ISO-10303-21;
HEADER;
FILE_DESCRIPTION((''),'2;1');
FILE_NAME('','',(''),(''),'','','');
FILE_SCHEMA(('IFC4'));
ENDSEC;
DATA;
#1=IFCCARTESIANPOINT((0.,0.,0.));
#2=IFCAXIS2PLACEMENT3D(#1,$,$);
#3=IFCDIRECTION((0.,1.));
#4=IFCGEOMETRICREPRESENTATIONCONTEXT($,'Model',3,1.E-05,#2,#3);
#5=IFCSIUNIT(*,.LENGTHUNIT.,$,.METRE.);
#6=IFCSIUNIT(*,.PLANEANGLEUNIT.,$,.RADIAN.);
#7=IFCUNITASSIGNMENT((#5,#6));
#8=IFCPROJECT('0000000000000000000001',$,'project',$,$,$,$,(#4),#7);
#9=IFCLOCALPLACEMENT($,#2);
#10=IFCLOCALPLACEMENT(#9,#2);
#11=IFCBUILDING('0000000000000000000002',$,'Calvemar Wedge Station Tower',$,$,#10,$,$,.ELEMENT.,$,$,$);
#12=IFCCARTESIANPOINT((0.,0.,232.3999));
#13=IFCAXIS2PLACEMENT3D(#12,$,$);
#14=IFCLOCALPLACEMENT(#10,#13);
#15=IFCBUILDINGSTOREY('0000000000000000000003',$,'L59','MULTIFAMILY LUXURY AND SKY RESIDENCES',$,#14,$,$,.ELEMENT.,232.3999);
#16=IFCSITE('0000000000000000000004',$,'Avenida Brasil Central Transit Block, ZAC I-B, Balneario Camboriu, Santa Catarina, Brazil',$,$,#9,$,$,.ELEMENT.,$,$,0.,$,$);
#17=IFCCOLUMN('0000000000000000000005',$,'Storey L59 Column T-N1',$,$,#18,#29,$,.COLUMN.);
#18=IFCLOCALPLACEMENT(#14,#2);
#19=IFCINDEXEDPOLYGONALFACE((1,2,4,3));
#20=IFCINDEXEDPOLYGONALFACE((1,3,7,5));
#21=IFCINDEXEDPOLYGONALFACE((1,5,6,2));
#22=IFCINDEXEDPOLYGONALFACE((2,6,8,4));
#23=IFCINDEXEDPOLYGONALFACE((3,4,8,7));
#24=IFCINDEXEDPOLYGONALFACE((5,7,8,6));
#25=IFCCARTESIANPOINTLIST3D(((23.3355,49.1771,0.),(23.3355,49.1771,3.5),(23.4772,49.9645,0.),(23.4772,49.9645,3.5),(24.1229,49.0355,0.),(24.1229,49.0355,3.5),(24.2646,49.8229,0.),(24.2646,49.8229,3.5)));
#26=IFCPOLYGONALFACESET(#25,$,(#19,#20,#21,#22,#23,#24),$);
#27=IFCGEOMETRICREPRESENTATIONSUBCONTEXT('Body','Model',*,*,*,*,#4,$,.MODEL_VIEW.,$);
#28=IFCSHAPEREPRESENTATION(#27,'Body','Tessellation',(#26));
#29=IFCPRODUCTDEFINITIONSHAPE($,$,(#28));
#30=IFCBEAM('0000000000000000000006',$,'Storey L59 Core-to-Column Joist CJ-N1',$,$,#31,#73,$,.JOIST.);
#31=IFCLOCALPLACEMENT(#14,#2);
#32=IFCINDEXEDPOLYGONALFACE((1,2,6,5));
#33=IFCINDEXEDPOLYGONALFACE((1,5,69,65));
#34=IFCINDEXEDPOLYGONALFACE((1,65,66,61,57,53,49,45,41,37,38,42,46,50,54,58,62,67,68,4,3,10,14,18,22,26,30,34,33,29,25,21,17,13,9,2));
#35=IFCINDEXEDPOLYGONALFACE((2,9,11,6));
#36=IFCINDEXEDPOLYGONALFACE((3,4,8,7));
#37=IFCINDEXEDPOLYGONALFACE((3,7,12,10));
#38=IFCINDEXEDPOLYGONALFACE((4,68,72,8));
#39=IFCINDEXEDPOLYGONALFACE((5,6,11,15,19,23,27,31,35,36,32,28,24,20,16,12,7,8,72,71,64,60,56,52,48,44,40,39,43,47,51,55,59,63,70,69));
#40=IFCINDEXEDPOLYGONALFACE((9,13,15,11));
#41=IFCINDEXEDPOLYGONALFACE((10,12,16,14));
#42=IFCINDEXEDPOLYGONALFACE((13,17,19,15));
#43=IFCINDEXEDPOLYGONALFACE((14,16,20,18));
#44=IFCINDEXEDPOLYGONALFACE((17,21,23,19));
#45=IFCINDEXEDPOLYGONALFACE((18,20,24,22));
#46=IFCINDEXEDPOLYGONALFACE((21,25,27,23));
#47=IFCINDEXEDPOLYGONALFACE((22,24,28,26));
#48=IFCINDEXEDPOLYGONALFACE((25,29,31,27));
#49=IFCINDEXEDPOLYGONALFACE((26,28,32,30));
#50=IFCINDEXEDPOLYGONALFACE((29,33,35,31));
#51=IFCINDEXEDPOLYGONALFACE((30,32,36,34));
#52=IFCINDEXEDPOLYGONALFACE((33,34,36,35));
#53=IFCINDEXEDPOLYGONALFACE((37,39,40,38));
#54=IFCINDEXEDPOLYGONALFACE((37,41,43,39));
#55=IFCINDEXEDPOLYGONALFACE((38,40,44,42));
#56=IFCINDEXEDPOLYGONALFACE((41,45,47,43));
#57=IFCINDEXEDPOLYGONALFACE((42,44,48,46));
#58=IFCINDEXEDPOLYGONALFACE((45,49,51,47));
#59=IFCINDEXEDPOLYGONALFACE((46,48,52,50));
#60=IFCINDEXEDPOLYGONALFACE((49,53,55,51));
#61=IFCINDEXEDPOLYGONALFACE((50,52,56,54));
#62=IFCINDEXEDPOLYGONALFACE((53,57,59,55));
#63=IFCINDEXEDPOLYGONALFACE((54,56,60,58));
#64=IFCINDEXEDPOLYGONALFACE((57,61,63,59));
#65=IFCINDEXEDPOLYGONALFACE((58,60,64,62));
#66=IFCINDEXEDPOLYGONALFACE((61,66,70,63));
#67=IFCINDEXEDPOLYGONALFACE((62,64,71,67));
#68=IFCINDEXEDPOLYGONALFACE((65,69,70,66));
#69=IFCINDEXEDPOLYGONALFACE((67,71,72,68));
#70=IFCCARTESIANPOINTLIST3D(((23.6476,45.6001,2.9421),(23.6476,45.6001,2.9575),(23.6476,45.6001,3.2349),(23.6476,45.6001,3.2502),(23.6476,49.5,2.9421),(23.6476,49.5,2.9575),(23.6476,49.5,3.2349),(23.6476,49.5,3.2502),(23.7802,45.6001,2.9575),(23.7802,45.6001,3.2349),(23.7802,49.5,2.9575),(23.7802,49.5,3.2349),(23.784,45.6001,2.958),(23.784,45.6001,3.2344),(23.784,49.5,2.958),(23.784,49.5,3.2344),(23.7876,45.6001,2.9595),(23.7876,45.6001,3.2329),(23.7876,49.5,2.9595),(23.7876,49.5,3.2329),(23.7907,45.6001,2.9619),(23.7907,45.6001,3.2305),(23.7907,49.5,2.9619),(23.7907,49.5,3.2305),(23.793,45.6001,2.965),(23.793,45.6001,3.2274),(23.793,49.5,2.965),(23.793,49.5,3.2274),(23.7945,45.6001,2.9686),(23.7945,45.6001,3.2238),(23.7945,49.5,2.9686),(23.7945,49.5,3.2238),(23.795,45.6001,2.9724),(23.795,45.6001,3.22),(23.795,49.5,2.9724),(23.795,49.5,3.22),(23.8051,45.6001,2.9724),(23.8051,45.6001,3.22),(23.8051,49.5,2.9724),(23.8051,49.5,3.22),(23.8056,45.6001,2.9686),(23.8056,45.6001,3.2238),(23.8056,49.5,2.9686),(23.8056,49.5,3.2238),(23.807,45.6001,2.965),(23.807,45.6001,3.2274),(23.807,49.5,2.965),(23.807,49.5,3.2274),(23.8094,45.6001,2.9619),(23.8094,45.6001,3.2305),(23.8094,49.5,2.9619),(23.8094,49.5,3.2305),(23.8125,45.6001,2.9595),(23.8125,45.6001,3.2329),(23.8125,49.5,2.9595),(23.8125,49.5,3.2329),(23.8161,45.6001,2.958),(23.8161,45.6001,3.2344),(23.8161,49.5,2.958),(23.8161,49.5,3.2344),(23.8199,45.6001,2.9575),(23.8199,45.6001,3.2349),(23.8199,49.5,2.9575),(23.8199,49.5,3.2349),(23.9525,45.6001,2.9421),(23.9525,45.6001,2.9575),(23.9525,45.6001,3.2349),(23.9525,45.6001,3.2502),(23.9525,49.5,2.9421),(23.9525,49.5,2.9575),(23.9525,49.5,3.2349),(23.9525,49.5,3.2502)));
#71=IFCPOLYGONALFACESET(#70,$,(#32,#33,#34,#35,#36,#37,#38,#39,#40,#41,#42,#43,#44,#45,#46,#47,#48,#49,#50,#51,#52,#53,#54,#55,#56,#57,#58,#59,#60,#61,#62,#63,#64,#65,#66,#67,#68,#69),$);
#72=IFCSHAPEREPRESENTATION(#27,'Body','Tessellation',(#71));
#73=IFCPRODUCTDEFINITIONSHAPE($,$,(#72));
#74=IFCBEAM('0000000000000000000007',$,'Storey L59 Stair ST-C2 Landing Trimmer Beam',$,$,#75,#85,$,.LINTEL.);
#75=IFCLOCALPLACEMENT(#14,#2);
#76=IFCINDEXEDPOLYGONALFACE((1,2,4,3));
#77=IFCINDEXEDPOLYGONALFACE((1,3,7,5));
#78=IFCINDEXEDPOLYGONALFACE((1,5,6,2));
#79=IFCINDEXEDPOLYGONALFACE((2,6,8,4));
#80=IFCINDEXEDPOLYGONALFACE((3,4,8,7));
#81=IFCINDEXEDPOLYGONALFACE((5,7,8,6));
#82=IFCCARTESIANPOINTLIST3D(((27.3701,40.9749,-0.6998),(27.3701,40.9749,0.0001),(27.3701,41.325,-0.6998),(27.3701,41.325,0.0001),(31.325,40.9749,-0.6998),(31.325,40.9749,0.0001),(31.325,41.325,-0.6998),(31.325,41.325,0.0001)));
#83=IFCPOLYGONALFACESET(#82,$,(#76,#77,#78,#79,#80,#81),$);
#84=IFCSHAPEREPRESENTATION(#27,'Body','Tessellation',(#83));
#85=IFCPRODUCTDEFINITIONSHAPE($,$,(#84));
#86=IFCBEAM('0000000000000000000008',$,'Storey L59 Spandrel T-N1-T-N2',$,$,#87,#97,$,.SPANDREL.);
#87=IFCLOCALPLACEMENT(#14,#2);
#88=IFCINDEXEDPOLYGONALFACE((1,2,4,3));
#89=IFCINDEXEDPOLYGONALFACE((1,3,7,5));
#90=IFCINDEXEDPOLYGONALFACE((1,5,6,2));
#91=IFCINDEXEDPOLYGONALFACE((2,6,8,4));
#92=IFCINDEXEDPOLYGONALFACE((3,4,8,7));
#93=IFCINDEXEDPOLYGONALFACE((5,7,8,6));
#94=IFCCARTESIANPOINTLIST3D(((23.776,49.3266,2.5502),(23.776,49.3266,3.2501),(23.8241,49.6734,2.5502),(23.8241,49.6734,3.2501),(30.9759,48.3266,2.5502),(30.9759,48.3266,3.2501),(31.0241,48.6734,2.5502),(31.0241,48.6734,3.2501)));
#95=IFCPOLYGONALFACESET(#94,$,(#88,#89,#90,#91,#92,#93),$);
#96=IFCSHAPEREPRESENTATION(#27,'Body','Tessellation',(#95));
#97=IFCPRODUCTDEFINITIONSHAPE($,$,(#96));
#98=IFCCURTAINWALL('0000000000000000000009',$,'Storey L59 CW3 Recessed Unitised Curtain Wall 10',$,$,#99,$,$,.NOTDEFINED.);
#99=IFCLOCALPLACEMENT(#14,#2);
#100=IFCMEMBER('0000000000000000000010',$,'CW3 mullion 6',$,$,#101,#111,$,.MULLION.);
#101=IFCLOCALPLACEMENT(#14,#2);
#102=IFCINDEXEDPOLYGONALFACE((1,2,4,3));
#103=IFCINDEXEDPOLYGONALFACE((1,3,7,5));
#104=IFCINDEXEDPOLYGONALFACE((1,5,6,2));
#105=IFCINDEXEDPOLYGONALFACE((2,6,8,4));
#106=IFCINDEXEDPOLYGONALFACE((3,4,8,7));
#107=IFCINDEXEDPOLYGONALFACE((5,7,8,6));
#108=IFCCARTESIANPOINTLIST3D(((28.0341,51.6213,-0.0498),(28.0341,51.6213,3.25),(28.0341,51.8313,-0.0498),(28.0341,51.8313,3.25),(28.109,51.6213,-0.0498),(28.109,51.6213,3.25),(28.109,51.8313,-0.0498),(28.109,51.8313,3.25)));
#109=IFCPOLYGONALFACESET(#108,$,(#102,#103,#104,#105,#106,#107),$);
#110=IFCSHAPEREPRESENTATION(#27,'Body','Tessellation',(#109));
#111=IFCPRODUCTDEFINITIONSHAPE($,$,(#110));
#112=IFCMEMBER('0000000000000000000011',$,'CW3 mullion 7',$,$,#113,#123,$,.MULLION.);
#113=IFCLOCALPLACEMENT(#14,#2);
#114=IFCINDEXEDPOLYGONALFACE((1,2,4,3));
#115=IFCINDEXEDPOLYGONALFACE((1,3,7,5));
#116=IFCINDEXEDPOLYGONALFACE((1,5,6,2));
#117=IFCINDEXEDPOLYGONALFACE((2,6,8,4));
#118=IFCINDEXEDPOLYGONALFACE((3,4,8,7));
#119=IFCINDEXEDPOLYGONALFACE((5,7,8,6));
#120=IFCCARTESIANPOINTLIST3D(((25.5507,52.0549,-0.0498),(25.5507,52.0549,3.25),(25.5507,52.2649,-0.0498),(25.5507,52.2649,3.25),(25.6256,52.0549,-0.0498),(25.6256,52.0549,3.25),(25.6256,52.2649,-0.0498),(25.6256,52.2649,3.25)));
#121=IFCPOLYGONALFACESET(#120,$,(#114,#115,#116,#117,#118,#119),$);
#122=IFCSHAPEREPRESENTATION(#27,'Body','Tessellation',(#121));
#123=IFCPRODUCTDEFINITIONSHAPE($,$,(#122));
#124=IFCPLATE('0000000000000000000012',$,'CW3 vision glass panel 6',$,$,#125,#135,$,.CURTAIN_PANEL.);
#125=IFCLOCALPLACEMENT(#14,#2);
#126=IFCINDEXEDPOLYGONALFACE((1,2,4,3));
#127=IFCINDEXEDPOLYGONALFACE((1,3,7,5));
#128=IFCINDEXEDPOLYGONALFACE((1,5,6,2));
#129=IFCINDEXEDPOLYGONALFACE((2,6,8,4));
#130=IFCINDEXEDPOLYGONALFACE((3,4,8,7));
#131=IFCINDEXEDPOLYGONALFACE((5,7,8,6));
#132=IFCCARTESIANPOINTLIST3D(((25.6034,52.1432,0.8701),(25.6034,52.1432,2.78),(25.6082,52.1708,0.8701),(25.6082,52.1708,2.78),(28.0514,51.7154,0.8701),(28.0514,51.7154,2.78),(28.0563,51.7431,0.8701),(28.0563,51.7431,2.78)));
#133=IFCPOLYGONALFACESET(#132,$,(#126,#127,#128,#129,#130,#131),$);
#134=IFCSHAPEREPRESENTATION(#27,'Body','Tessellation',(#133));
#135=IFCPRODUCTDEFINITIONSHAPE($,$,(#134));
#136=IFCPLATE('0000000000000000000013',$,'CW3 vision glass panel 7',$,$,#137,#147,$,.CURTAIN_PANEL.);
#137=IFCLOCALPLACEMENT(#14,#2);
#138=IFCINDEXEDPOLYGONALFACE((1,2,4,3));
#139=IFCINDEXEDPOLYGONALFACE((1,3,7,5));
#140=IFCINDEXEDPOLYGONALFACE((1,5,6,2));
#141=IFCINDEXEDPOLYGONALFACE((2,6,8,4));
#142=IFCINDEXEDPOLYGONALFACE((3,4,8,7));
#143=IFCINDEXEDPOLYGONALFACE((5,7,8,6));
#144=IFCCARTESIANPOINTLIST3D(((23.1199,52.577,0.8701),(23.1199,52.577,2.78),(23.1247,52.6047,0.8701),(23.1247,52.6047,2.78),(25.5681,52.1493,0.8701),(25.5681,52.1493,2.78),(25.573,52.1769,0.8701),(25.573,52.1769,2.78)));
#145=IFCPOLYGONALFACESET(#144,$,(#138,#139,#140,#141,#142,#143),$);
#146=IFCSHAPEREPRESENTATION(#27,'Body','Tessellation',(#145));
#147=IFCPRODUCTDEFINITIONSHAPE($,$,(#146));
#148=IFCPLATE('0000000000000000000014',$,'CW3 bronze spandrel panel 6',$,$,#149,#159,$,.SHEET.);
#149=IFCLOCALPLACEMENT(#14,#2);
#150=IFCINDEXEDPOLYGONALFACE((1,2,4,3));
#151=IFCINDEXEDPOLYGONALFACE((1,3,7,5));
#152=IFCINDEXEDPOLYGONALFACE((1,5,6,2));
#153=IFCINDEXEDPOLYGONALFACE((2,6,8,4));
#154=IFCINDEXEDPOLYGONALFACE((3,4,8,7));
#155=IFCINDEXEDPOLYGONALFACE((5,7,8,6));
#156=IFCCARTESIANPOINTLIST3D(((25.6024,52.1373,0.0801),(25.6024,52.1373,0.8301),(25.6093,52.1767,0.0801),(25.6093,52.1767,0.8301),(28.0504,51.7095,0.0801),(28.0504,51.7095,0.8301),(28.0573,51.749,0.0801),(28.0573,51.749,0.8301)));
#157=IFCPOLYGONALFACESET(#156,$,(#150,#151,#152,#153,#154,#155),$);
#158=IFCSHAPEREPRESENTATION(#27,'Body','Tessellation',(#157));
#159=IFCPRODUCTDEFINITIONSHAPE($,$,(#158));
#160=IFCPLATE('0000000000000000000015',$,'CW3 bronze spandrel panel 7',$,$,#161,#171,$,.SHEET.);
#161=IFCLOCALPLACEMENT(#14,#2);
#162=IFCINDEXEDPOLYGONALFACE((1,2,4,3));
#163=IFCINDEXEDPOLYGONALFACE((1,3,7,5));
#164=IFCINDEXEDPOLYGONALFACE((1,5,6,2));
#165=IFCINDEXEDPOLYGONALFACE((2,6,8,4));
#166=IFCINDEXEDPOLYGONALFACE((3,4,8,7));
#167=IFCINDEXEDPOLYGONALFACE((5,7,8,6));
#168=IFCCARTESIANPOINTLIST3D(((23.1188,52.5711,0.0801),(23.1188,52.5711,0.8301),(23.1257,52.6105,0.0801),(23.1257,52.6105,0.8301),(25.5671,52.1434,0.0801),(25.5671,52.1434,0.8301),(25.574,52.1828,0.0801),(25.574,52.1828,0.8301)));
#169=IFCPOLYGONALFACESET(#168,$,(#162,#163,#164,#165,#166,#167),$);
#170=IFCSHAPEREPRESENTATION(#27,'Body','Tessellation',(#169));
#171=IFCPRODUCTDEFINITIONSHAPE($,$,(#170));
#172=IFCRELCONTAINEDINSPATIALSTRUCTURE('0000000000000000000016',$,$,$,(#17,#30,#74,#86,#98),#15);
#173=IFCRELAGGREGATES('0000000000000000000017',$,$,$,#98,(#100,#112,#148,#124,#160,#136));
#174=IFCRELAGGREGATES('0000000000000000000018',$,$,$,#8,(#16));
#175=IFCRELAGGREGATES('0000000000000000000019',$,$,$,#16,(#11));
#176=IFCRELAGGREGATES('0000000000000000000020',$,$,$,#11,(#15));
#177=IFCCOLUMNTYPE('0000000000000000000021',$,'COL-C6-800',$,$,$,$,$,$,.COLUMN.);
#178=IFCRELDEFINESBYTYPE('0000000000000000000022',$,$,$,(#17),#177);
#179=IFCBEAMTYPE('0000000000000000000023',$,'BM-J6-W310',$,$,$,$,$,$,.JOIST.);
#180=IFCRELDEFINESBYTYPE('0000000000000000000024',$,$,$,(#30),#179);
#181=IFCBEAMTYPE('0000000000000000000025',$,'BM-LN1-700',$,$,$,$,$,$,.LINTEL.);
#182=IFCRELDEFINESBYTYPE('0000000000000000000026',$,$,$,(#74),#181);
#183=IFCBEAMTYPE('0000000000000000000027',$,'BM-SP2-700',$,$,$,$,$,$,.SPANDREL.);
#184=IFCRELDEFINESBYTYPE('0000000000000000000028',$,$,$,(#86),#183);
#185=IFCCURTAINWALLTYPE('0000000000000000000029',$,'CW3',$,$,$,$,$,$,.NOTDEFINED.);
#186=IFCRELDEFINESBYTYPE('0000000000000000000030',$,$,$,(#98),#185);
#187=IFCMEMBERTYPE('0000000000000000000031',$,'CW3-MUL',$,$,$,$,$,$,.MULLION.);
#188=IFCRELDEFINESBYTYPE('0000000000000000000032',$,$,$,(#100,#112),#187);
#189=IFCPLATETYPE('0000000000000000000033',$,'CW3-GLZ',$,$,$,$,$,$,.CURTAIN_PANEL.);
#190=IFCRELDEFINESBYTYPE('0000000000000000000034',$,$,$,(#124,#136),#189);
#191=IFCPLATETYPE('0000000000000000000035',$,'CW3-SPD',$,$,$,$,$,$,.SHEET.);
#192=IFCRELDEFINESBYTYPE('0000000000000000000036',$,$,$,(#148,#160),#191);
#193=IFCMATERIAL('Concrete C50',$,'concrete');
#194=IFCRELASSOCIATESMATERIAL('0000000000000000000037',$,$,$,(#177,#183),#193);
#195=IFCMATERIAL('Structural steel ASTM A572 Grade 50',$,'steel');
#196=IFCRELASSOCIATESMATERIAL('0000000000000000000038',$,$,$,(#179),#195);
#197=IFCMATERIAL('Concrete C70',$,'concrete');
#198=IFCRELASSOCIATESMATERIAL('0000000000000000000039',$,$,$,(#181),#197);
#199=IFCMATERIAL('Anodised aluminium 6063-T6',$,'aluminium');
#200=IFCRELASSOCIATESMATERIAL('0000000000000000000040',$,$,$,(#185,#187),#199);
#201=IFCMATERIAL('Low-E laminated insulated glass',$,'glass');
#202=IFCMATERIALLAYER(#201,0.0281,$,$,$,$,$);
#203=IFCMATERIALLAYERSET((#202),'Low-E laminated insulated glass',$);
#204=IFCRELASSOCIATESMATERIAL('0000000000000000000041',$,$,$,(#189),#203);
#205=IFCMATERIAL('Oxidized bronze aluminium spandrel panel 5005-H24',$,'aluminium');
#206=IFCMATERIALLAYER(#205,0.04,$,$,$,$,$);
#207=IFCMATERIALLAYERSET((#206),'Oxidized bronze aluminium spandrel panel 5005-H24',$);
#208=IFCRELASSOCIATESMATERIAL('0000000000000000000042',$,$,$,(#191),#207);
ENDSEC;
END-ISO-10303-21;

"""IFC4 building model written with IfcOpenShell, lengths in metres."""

from ifc_helpers import new_model, si_unit, direction, frame, frame_2d, origin, origin_2d, place, context, subcontext, project, spatial, rectangle, i_section, extrude, source, transform, mapped, material, layer, layer_set, material_profile, profile_set, type_object, element, aggregate, save


model = new_model("IFC4")

# Units and contexts
model_context = context("Model", 3, precision=1e-05, world=origin(), true_north=direction((0.0, 1.0)))
body_context = subcontext(model_context, "Body", "Model", "MODEL_VIEW")
ifc_project = project(units=[si_unit("LENGTHUNIT", "METRE"), si_unit("PLANEANGLEUNIT", "RADIAN")], contexts=[model_context])

# Site, building, storey
site_placement = place(None, origin())
site = spatial("IfcSite", under=ifc_project, at=site_placement, Name="Avenida Brasil Central Transit Block, ZAC I-B, Balneario Camboriu, Santa Catarina, Brazil", CompositionType="ELEMENT", RefElevation=0.0)
building_placement = place(site_placement, origin())
building = spatial("IfcBuilding", under=site, at=building_placement, Name="Calvemar Wedge Station Tower", CompositionType="ELEMENT")
storey_placement = place(building_placement, frame((0.0, 0.0, 232.3999)))
storey = spatial("IfcBuildingStorey", under=building, at=storey_placement, Name="L59", Description="MULTIFAMILY LUXURY AND SKY RESIDENCES", CompositionType="ELEMENT", Elevation=232.3999)

# Column
ifc_material_1 = material(Name="Concrete C50", Category="concrete")
ifc_material_profile_1 = material_profile(ifc_material_1, rectangle(XDim=0.8, YDim=0.8, at=origin_2d()), Name="RC800x800")
ifc_profile_set_1 = profile_set([ifc_material_profile_1], Name="Concrete C50")
column_type = type_object("IfcColumnType", Name="COL-C6-800", PredefinedType="COLUMN", material=ifc_profile_set_1)
shared_shape_1 = source(origin(), body_context, "Body", "SweptSolid", [
    extrude(rectangle(XDim=0.8, YDim=0.8, at=origin_2d()), origin(), (0.0, 0.0, 1.0), 3.5),
])
column_placement = place(storey_placement, frame((23.8, 49.5, 0.0), z_axis=(0.0, 0.0, 1.0), x_axis=(0.984196, -0.177085, 0.0)))
element("IfcColumn", 1, at=column_placement, inside=storey, type_object=column_type, Name="Storey L59 Column T-N1", PredefinedType="COLUMN", context=body_context, shape_type="MappedRepresentation", body=[
    mapped(shared_shape_1, transform((0.0, 0.0, 0.0), scale=1.0)),
])

# Beams
ifc_material_2 = material(Name="Structural steel ASTM A572 Grade 50", Category="steel")
ifc_material_profile_2 = material_profile(ifc_material_2, i_section(OverallWidth=0.3049, OverallDepth=0.3081, WebThickness=0.01, FlangeThickness=0.0154, FilletRadius=0.0149, at=origin_2d()), Name="W310x97")
ifc_profile_set_2 = profile_set([ifc_material_profile_2], Name="Structural steel ASTM A572 Grade 50")
beam_type_1 = type_object("IfcBeamType", Name="BM-J6-W310", PredefinedType="JOIST", material=ifc_profile_set_2)
shared_shape_2 = source(origin(), body_context, "Body", "SweptSolid", [
    extrude(i_section(OverallWidth=0.3049, OverallDepth=0.3081, WebThickness=0.01, FlangeThickness=0.0154, FilletRadius=0.0149, at=origin_2d()), origin(), (0.0, 0.0, 1.0), 3.8999),
])
beam_1_placement = place(storey_placement, frame((23.8, 45.6001, 3.0962), z_axis=(0.0, 1.0, 0.0), x_axis=(-1.0, 0.0, 0.0)))
element("IfcBeam", 2, at=beam_1_placement, inside=storey, type_object=beam_type_1, Name="Storey L59 Core-to-Column Joist CJ-N1", PredefinedType="JOIST", context=body_context, shape_type="MappedRepresentation", body=[
    mapped(shared_shape_2, transform((0.0, 0.0, 0.0), scale=1.0)),
])
ifc_material_3 = material(Name="Concrete C70", Category="concrete")
ifc_material_profile_3 = material_profile(ifc_material_3, rectangle(XDim=0.3501, YDim=0.7, at=origin_2d()), Name="RC350x700")
ifc_profile_set_3 = profile_set([ifc_material_profile_3], Name="Concrete C70")
beam_type_2 = type_object("IfcBeamType", Name="BM-LN1-700", PredefinedType="LINTEL", material=ifc_profile_set_3)
shared_shape_3 = source(origin(), body_context, "Body", "SweptSolid", [
    extrude(rectangle(XDim=0.3501, YDim=0.7, at=origin_2d()), origin(), (0.0, 0.0, 1.0), 3.9548),
])
beam_2_placement = place(storey_placement, frame((27.3701, 41.1499, -0.3499), z_axis=(1.0, 0.0, 0.0), x_axis=(0.0, 1.0, 0.0)))
element("IfcBeam", 3, at=beam_2_placement, inside=storey, type_object=beam_type_2, Name="Storey L59 Stair ST-C2 Landing Trimmer Beam", PredefinedType="LINTEL", context=body_context, shape_type="MappedRepresentation", body=[
    mapped(shared_shape_3, transform((0.0, 0.0, 0.0), scale=1.0)),
])
ifc_material_profile_4 = material_profile(ifc_material_1, rectangle(XDim=0.3501, YDim=0.7, at=origin_2d()), Name="RC350x700")
ifc_profile_set_4 = profile_set([ifc_material_profile_4], Name="Concrete C50")
beam_type_3 = type_object("IfcBeamType", Name="BM-SP2-700", PredefinedType="SPANDREL", material=ifc_profile_set_4)
shared_shape_4 = source(origin(), body_context, "Body", "SweptSolid", [
    extrude(rectangle(XDim=0.3501, YDim=0.7, at=origin_2d()), origin(), (0.0, 0.0, 1.0), 7.269),
])
beam_3_placement = place(storey_placement, frame((23.8, 49.5, 2.9001), z_axis=(0.990492, -0.137569, 0.0), x_axis=(0.137569, 0.990492, 0.0)))
element("IfcBeam", 4, at=beam_3_placement, inside=storey, type_object=beam_type_3, Name="Storey L59 Spandrel T-N1-T-N2", PredefinedType="SPANDREL", context=body_context, shape_type="MappedRepresentation", body=[
    mapped(shared_shape_4, transform((0.0, 0.0, 0.0), scale=1.0)),
])

# Curtain wall, members, plates
ifc_material_4 = material(Name="Anodised aluminium 6063-T6", Category="aluminium")
curtain_wall_type = type_object("IfcCurtainWallType", Name="CW3", PredefinedType="NOTDEFINED", material=ifc_material_4)
curtain_wall_placement = place(storey_placement, origin())
curtain_wall = element("IfcCurtainWall", 5, at=curtain_wall_placement, inside=storey, type_object=curtain_wall_type, Name="Storey L59 CW3 Recessed Unitised Curtain Wall 10", PredefinedType="NOTDEFINED")
ifc_material_profile_5 = material_profile(ifc_material_4, rectangle(XDim=0.075, YDim=0.21, at=origin_2d()), Name="AL-MUL-75x210")
ifc_profile_set_5 = profile_set([ifc_material_profile_5], Name="Anodised aluminium 6063-T6")
member_type = type_object("IfcMemberType", Name="CW3-MUL", PredefinedType="MULLION", material=ifc_profile_set_5)
shared_shape_5 = source(origin(), body_context, "Body", "SweptSolid", [
    extrude(rectangle(XDim=0.075, YDim=0.21, at=origin_2d()), origin(), (0.0, 0.0, 1.0), 3.2998),
])
member_1_placement = place(storey_placement, frame((28.0715, 51.7263, -0.0498), z_axis=(0.0, 0.0, 1.0), x_axis=(1.0, 0.0, 0.0)))
member_1 = element("IfcMember", 6, at=member_1_placement, type_object=member_type, Name="CW3 mullion 6", PredefinedType="MULLION", context=body_context, shape_type="MappedRepresentation", body=[
    mapped(shared_shape_5, transform((0.0, 0.0, 0.0), scale=1.0)),
])
member_2_placement = place(storey_placement, frame((25.5881, 52.1599, -0.0498), z_axis=(0.0, 0.0, 1.0), x_axis=(1.0, 0.0, 0.0)))
member_2 = element("IfcMember", 7, at=member_2_placement, type_object=member_type, Name="CW3 mullion 7", PredefinedType="MULLION", context=body_context, shape_type="MappedRepresentation", body=[
    mapped(shared_shape_5, transform((0.0, 0.0, 0.0), scale=1.0)),
])
ifc_material_5 = material(Name="Low-E laminated insulated glass", Category="glass")
ifc_layer_1 = layer(ifc_material_5, 0.0281)
ifc_layer_set_1 = layer_set([ifc_layer_1], Name="Low-E laminated insulated glass")
plate_type_1 = type_object("IfcPlateType", Name="CW3-GLZ", PredefinedType="CURTAIN_PANEL", material=ifc_layer_set_1)
plate_1_placement = place(storey_placement, frame((28.054, 51.7292, 0.8701), z_axis=(0.0, 0.0, 1.0), x_axis=(-0.985076, 0.172121, 0.0)))
plate_1 = element("IfcPlate", 8, at=plate_1_placement, type_object=plate_type_1, Name="CW3 vision glass panel 6", PredefinedType="CURTAIN_PANEL", context=body_context, shape_type="SweptSolid", body=[
    extrude(rectangle(XDim=2.4851, YDim=0.0281, at=frame_2d((1.2427, 0.0))), origin(), (0.0, 0.0, 1.0), 1.9099),
])
plate_2_placement = place(storey_placement, frame((25.5706, 52.1631, 0.8701), z_axis=(0.0, 0.0, 1.0), x_axis=(-0.985079, 0.172104, 0.0)))
plate_2 = element("IfcPlate", 9, at=plate_2_placement, type_object=plate_type_1, Name="CW3 vision glass panel 7", PredefinedType="CURTAIN_PANEL", context=body_context, shape_type="SweptSolid", body=[
    extrude(rectangle(XDim=2.4854, YDim=0.0281, at=frame_2d((1.2427, 0.0))), origin(), (0.0, 0.0, 1.0), 1.9099),
])
ifc_material_6 = material(Name="Oxidized bronze aluminium spandrel panel 5005-H24", Category="aluminium")
ifc_layer_2 = layer(ifc_material_6, 0.04)
ifc_layer_set_2 = layer_set([ifc_layer_2], Name="Oxidized bronze aluminium spandrel panel 5005-H24")
plate_type_2 = type_object("IfcPlateType", Name="CW3-SPD", PredefinedType="SHEET", material=ifc_layer_set_2)
plate_3_placement = place(storey_placement, frame((28.054, 51.7292, 0.0801), z_axis=(0.0, 0.0, 1.0), x_axis=(-0.985076, 0.172121, 0.0)))
plate_3 = element("IfcPlate", 10, at=plate_3_placement, type_object=plate_type_2, Name="CW3 bronze spandrel panel 6", PredefinedType="SHEET", context=body_context, shape_type="SweptSolid", body=[
    extrude(rectangle(XDim=2.4851, YDim=0.04, at=frame_2d((1.2427, 0.0))), origin(), (0.0, 0.0, 1.0), 0.75),
])
plate_4_placement = place(storey_placement, frame((25.5706, 52.1631, 0.0801), z_axis=(0.0, 0.0, 1.0), x_axis=(-0.985079, 0.172104, 0.0)))
plate_4 = element("IfcPlate", 11, at=plate_4_placement, type_object=plate_type_2, Name="CW3 bronze spandrel panel 7", PredefinedType="SHEET", context=body_context, shape_type="SweptSolid", body=[
    extrude(rectangle(XDim=2.4854, YDim=0.04, at=frame_2d((1.2427, 0.0))), origin(), (0.0, 0.0, 1.0), 0.75),
])
aggregate(curtain_wall, [member_1, member_2, plate_3, plate_1, plate_4, plate_2])

save(model, "model.ifc")
